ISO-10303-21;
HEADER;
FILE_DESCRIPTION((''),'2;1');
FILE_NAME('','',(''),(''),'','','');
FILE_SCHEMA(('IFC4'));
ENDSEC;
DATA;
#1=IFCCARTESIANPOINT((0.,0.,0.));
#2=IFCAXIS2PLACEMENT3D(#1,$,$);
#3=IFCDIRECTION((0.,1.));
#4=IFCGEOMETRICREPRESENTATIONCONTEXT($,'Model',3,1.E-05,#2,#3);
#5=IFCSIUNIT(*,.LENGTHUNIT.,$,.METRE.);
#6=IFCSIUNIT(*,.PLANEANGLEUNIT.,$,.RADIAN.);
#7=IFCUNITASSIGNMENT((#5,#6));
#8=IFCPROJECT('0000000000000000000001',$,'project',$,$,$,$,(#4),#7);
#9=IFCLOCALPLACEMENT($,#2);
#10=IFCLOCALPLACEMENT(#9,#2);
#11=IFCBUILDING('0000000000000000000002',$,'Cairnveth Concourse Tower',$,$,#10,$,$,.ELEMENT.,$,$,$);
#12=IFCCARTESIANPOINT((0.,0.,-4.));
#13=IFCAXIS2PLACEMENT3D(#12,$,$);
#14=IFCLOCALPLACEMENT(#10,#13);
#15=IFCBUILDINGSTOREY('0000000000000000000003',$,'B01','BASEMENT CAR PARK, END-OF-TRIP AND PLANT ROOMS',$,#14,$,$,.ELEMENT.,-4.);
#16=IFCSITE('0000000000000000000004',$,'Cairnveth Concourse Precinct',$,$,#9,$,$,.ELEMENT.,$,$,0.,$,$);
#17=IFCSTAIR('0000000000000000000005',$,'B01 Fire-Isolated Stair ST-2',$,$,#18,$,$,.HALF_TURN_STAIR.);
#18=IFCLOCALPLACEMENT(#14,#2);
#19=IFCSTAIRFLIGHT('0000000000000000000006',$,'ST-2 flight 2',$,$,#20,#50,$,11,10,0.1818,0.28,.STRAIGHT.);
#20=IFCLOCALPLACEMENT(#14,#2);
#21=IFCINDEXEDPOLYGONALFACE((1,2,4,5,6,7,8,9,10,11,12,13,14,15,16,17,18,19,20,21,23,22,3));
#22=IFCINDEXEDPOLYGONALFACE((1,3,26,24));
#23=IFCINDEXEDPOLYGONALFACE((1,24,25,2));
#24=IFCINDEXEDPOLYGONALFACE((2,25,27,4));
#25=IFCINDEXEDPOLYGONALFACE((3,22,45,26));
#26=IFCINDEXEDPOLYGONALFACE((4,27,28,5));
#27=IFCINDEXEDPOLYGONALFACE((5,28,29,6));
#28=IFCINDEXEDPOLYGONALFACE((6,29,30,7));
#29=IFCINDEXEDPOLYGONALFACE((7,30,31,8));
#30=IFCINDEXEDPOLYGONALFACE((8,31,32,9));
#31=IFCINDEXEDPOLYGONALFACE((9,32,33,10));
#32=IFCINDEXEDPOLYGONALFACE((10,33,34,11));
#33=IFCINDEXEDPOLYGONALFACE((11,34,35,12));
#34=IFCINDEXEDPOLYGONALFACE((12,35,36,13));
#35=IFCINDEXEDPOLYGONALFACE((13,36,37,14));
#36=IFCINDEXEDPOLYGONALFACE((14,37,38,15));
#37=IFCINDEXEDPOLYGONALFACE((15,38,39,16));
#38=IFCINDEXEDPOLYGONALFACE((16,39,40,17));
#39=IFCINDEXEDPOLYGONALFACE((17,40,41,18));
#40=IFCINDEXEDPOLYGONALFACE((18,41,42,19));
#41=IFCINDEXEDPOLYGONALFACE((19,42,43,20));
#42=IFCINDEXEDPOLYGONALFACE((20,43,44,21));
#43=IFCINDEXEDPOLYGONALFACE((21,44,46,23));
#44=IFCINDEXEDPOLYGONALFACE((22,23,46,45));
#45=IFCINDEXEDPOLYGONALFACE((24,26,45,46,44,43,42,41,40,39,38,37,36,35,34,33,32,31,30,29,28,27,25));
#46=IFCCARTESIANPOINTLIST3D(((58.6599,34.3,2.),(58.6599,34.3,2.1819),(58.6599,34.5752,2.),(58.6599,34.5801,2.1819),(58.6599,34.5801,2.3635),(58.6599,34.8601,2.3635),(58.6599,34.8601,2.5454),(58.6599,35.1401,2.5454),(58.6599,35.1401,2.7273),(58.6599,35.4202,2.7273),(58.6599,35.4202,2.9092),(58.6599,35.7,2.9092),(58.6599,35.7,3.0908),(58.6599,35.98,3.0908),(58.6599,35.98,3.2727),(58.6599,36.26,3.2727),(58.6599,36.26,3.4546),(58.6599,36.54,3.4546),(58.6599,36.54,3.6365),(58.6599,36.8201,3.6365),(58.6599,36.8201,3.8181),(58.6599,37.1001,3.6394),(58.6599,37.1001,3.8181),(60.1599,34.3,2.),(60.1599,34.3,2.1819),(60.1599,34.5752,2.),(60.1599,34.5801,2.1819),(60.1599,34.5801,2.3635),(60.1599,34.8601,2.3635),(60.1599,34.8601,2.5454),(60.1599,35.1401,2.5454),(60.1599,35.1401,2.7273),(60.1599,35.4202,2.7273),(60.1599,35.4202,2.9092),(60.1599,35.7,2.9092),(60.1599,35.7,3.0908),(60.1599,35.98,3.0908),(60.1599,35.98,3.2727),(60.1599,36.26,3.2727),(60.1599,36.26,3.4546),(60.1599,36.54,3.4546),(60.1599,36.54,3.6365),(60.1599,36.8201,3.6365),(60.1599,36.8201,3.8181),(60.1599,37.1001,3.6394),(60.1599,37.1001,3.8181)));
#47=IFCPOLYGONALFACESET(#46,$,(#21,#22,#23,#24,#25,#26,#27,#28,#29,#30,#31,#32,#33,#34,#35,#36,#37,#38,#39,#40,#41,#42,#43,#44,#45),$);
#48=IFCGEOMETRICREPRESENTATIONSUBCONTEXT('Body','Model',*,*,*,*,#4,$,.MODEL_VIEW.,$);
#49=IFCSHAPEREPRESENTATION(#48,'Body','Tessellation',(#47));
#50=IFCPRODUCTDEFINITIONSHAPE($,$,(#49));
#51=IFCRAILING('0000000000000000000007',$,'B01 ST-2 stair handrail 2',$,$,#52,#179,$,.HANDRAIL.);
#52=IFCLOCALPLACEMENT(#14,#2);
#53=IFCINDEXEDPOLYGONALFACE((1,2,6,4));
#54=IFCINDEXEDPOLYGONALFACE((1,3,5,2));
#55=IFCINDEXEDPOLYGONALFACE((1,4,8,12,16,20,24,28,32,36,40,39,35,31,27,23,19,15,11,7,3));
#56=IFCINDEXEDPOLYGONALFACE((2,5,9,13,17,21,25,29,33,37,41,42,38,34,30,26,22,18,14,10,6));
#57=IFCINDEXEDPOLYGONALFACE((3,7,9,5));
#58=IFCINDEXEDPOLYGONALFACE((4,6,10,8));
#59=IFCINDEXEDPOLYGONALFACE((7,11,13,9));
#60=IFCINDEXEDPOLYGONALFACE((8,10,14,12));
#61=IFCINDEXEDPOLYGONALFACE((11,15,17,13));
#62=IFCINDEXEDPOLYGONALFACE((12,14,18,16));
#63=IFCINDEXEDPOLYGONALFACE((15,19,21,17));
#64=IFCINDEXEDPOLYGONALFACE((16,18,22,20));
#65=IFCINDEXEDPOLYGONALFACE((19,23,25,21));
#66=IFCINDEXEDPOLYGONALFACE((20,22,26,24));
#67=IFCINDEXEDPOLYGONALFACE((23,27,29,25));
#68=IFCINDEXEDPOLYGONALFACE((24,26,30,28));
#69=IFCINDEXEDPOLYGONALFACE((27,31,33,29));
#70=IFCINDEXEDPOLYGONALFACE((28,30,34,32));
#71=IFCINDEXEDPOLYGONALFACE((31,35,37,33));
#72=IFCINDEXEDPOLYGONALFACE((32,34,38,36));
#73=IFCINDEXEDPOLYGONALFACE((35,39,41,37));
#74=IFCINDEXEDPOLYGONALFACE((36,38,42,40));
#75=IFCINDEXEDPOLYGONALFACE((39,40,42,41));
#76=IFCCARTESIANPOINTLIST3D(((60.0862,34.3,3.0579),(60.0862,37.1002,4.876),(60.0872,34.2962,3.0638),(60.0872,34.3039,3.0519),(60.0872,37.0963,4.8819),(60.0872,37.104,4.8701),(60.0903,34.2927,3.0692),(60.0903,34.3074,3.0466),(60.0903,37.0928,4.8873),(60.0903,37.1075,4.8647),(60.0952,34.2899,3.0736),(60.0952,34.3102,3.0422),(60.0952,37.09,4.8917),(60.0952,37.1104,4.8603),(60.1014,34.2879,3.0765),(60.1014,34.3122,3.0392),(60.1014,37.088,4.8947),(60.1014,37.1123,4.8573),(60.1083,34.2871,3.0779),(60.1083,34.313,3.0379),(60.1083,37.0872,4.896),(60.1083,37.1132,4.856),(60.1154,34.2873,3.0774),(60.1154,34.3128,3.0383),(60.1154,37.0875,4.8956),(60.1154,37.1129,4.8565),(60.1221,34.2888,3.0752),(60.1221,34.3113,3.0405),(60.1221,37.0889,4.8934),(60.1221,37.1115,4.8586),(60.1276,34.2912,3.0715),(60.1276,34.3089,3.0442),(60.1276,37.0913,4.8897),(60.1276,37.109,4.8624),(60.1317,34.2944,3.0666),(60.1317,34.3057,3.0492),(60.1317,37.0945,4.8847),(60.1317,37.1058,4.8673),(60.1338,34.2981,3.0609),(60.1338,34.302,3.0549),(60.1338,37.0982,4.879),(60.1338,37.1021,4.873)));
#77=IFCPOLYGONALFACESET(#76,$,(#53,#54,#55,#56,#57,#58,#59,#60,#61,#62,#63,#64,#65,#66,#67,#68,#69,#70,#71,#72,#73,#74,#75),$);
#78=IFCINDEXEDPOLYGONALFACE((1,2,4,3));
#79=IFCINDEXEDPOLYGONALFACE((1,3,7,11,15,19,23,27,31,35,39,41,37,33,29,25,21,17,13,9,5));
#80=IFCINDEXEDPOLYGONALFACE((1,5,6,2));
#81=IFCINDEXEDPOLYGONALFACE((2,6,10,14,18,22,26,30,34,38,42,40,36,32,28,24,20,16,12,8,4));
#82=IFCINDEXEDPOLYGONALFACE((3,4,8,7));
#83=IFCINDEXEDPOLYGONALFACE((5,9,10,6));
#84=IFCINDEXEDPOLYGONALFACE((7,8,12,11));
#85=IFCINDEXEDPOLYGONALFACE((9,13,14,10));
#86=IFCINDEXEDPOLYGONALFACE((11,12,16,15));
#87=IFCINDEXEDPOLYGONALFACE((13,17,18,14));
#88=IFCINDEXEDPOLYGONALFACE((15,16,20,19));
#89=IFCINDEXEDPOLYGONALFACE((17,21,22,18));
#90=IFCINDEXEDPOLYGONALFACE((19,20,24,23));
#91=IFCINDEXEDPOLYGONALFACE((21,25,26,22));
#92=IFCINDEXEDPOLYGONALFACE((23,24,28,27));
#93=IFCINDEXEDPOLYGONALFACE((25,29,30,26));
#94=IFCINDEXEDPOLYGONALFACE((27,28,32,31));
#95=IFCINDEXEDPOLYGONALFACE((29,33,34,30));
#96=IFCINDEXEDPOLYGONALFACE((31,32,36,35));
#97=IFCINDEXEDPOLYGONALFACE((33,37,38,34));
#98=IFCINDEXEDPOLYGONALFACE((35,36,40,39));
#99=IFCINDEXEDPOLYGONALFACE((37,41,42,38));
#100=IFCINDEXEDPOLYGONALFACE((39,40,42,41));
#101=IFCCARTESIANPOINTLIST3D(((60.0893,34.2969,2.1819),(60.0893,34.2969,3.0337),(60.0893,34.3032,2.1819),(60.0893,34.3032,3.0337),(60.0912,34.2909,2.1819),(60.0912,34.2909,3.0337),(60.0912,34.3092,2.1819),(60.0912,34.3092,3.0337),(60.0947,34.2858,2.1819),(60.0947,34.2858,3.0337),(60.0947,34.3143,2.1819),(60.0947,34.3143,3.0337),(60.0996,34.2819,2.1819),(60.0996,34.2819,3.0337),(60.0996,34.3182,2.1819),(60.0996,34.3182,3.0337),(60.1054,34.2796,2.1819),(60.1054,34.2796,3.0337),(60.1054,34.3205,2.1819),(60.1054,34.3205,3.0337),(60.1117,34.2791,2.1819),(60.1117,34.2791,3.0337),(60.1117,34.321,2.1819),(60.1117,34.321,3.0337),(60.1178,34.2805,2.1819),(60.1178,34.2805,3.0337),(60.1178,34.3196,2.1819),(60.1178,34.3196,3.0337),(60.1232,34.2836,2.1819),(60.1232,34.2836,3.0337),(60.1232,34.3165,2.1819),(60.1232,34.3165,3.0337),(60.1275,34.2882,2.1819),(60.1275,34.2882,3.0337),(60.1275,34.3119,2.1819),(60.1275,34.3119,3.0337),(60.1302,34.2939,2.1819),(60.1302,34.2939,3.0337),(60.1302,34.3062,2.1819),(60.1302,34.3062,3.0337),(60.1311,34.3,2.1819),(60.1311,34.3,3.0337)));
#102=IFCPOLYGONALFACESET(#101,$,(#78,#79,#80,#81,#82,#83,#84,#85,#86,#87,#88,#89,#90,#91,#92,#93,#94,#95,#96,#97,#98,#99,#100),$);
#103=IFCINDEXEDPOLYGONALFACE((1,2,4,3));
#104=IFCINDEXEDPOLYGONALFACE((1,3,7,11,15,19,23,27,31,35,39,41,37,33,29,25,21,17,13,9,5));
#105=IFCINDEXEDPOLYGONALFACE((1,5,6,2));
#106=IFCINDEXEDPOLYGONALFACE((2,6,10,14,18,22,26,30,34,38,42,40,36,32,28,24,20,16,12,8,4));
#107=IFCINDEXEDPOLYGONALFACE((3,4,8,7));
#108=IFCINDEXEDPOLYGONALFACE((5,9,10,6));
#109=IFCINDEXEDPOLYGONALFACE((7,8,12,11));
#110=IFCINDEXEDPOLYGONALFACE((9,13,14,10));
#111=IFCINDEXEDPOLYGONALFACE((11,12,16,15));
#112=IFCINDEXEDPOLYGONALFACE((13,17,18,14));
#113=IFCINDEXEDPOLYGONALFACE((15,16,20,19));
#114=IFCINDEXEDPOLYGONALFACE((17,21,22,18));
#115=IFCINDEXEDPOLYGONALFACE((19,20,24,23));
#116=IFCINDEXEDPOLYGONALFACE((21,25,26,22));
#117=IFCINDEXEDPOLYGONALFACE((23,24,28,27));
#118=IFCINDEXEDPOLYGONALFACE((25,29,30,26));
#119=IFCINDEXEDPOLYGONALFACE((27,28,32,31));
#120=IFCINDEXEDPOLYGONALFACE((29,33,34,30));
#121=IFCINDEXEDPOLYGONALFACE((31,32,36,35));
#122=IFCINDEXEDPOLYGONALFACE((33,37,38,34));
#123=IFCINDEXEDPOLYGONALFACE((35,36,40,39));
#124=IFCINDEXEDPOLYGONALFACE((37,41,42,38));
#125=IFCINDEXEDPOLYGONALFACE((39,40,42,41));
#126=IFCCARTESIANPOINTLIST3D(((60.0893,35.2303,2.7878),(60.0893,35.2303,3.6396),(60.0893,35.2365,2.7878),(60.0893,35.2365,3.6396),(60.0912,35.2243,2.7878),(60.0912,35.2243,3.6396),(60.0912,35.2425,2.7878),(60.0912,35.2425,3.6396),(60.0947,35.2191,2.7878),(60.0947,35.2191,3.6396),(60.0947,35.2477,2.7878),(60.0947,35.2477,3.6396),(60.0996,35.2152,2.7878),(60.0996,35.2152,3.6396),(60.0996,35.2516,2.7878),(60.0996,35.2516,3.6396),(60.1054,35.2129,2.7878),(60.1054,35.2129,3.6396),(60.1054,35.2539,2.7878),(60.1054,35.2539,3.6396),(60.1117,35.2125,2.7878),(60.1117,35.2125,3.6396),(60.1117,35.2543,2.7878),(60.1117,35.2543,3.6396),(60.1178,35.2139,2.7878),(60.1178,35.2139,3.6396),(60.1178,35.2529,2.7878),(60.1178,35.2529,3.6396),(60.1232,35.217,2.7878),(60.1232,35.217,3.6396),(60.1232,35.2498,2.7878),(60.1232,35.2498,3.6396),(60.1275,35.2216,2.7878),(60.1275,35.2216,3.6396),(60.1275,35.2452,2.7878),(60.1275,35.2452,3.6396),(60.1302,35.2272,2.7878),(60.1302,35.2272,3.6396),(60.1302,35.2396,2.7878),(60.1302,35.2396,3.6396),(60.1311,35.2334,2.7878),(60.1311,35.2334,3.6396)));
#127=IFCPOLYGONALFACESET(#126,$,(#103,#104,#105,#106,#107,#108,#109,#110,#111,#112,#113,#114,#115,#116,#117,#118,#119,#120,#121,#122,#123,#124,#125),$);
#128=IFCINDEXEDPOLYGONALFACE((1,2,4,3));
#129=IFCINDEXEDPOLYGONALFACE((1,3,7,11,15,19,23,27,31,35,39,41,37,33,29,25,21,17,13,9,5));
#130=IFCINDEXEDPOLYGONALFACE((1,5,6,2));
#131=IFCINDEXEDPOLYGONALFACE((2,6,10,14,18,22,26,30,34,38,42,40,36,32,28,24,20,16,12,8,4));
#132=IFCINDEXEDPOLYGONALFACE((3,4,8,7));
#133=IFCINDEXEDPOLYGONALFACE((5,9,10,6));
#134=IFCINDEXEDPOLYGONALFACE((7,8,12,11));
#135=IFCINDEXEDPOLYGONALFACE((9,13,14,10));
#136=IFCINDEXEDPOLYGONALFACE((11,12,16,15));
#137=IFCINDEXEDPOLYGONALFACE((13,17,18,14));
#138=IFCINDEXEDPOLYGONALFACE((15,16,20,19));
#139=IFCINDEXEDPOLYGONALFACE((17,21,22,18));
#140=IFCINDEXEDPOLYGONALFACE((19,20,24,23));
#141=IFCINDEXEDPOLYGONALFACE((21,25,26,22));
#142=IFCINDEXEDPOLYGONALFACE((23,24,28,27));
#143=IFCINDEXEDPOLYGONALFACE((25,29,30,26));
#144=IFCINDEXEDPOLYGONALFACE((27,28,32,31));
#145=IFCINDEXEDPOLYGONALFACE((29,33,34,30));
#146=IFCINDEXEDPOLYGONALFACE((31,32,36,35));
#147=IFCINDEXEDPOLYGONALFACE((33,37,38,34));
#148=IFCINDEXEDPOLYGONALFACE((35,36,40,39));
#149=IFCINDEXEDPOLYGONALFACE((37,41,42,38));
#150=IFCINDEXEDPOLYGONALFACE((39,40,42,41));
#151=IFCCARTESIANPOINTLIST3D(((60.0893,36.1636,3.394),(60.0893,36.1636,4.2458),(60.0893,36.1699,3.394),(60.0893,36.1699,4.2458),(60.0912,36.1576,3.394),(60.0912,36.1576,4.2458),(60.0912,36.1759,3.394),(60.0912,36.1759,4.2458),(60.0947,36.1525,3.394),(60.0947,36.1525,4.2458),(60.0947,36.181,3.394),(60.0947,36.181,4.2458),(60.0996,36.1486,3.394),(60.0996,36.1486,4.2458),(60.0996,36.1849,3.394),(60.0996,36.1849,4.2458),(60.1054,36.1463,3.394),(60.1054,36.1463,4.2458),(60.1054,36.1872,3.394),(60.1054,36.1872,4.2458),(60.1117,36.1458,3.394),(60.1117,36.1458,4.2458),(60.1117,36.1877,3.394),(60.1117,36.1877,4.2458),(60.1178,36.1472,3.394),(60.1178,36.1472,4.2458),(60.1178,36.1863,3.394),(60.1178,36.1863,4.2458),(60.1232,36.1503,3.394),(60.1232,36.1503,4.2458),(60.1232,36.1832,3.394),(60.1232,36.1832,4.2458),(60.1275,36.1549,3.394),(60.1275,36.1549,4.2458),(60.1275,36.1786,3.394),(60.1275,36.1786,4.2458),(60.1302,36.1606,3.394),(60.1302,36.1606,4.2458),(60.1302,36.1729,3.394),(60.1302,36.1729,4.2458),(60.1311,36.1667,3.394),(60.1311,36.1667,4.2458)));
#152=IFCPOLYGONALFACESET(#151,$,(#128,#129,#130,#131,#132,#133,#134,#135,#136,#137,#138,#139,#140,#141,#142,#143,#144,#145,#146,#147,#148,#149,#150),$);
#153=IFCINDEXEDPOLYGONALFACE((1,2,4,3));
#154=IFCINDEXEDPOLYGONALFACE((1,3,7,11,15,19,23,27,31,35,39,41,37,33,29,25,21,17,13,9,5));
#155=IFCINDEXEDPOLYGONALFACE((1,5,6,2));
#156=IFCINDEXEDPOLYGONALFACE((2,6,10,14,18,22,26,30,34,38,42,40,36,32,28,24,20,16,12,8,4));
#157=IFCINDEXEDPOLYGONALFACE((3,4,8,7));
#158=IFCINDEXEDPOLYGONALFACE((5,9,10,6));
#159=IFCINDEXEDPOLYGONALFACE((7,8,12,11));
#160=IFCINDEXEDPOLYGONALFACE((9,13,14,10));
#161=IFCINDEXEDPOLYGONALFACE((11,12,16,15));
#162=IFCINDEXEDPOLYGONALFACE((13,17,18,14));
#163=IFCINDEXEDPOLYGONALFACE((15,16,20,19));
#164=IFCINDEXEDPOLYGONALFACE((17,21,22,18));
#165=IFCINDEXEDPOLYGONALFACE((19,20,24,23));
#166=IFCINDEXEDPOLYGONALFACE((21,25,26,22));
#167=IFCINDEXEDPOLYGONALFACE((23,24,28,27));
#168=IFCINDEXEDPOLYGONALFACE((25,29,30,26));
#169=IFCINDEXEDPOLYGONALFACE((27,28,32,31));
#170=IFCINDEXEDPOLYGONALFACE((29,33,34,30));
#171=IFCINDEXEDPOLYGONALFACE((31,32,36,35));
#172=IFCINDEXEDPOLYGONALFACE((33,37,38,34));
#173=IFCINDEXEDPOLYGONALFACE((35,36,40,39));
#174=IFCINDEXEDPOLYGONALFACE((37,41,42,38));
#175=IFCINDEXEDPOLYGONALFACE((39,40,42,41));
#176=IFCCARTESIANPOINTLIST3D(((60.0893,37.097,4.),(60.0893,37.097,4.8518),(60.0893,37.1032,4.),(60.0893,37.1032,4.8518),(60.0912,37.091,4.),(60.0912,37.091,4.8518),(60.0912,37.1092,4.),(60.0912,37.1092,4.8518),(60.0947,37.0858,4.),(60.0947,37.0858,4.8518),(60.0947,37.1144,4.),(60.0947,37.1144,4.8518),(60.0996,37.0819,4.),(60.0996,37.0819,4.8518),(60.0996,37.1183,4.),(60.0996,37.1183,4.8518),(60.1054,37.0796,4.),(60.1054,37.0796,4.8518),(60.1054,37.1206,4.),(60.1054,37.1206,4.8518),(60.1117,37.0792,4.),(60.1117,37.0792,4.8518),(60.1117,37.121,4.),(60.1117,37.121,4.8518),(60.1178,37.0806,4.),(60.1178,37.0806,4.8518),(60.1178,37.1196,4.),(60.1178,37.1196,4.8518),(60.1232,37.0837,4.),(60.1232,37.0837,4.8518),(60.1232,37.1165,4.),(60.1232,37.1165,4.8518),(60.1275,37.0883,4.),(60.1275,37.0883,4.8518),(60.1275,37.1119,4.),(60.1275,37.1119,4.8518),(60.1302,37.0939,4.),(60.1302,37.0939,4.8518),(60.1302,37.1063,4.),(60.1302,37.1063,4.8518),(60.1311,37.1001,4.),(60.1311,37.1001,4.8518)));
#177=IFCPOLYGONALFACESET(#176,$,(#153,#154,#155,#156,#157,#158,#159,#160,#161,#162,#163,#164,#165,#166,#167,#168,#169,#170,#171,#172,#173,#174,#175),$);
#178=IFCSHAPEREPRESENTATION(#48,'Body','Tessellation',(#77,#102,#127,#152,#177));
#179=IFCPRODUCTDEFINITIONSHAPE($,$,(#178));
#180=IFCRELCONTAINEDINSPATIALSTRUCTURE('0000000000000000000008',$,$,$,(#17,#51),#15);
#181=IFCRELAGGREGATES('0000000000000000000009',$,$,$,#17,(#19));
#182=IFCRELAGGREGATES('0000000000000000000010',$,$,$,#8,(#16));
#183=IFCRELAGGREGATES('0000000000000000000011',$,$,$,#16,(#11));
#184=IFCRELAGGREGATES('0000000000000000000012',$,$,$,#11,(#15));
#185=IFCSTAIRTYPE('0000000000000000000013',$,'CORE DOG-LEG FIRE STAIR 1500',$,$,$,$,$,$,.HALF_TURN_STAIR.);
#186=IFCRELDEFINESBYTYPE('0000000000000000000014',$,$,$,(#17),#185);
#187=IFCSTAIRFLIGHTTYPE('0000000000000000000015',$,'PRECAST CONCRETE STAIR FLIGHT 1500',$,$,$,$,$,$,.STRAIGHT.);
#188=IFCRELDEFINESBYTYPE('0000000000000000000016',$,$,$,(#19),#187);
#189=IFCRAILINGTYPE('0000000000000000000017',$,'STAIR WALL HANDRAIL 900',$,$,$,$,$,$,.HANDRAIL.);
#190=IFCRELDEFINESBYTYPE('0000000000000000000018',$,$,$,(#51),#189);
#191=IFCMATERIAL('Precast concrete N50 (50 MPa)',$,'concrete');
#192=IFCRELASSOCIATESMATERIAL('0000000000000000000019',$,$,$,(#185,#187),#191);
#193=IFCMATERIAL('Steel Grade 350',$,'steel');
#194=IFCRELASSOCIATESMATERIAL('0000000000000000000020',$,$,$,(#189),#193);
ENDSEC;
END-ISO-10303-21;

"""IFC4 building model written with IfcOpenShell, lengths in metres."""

from ifc_helpers import new_model, si_unit, direction, frame, origin, origin_2d, place, context, subcontext, project, spatial, polyline, circle, outline, extrude, material, type_object, element, aggregate, save


model = new_model("IFC4")

# Units and contexts
model_context = context("Model", 3, precision=1e-05, world=origin(), true_north=direction((0.0, 1.0)))
body_context = subcontext(model_context, "Body", "Model", "MODEL_VIEW")
ifc_project = project(units=[si_unit("LENGTHUNIT", "METRE"), si_unit("PLANEANGLEUNIT", "RADIAN")], contexts=[model_context])

# Site, building, storey
site_placement = place(None, origin())
site = spatial("IfcSite", under=ifc_project, at=site_placement, Name="Cairnveth Concourse Precinct", CompositionType="ELEMENT", RefElevation=0.0)
building_placement = place(site_placement, origin())
building = spatial("IfcBuilding", under=site, at=building_placement, Name="Cairnveth Concourse Tower", CompositionType="ELEMENT")
storey_placement = place(building_placement, frame((0.0, 0.0, -4.0)))
storey = spatial("IfcBuildingStorey", under=building, at=storey_placement, Name="B01", Description="BASEMENT CAR PARK, END-OF-TRIP AND PLANT ROOMS", CompositionType="ELEMENT", Elevation=-4.0)

# Shared definitions
ifc_material_1 = material(Name="Steel Grade 350", Category="steel")

# Stair, stair flight
ifc_material_2 = material(Name="Precast concrete N50 (50 MPa)", Category="concrete")
stair_type = type_object("IfcStairType", Name="CORE DOG-LEG FIRE STAIR 1500", PredefinedType="HALF_TURN_STAIR", material=ifc_material_2)
stair_placement = place(storey_placement, origin())
stair = element("IfcStair", 1, at=stair_placement, inside=storey, type_object=stair_type, Name="B01 Fire-Isolated Stair ST-2", PredefinedType="HALF_TURN_STAIR")
stair_flight_type = type_object("IfcStairFlightType", Name="PRECAST CONCRETE STAIR FLIGHT 1500", PredefinedType="STRAIGHT", material=ifc_material_2)
stair_flight_placement = place(storey_placement, frame((59.4099, 34.3, 2.0), z_axis=(0.0, 0.0, 1.0), x_axis=(0.0, 1.0, 0.0)))
stair_flight = element("IfcStairFlight", 2, at=stair_flight_placement, type_object=stair_flight_type, Name="ST-2 flight 2", NumberOfRisers=11, NumberOfTreads=10, PredefinedType="STRAIGHT", RiserHeight=0.1818, TreadLength=0.28, context=body_context, shape_type="SweptSolid", body=[
    extrude(outline(polyline([(0.0, 0.0), (0.0, 0.1819), (0.28, 0.1819), (0.28, 0.3635), (0.5601, 0.3635), (0.5601, 0.5454), (0.8401, 0.5454), (0.8401, 0.7273), (1.1201, 0.7273), (1.1201, 0.9092), (1.3999, 0.9092), (1.3999, 1.0908), (1.6799, 1.0908), (1.6799, 1.2727), (1.96, 1.2727), (1.96, 1.4546), (2.24, 1.4546), (2.24, 1.6365), (2.52, 1.6365), (2.52, 1.8181), (2.8, 1.8181), (2.8, 2.0), (2.8, 1.6394), (0.2751, 0.0), (0.0, 0.0)])), frame((0.0, 0.75, 0.0), z_axis=(0.0, -1.0, 0.0), x_axis=(1.0, 0.0, 0.0)), (0.0, 0.0, 1.0), 1.5),
])
aggregate(stair, [stair_flight])

# Railing
railing_type_1 = type_object("IfcRailingType", Name="STAIR WALL HANDRAIL 900", PredefinedType="HANDRAIL", material=ifc_material_1)
railing_1_placement = place(storey_placement, frame((60.1101, 34.3, 2.1819)))
element("IfcRailing", 3, at=railing_1_placement, inside=storey, type_object=railing_type_1, Name="B01 ST-2 stair handrail 2", PredefinedType="HANDRAIL", context=body_context, shape_type="SweptSolid", body=[
    extrude(circle(Radius=0.0239, at=origin_2d()), frame((0.0, 0.0, 0.876), z_axis=(0.0, 0.838706, 0.544585), x_axis=(-1.0, 0.0, 0.0)), (0.0, 0.0, 1.0), 3.3386),
    extrude(circle(Radius=0.021, at=origin_2d()), origin(), (0.0, 0.0, 1.0), 0.8518),
    extrude(circle(Radius=0.021, at=origin_2d()), frame((0.0, 0.9333, 0.606)), (0.0, 0.0, 1.0), 0.8518),
    extrude(circle(Radius=0.021, at=origin_2d()), frame((0.0, 1.8667, 1.2122)), (0.0, 0.0, 1.0), 0.8518),
    extrude(circle(Radius=0.021, at=origin_2d()), frame((0.0, 2.8, 1.8181)), (0.0, 0.0, 1.0), 0.8518),
])

save(model, "model.ifc")
